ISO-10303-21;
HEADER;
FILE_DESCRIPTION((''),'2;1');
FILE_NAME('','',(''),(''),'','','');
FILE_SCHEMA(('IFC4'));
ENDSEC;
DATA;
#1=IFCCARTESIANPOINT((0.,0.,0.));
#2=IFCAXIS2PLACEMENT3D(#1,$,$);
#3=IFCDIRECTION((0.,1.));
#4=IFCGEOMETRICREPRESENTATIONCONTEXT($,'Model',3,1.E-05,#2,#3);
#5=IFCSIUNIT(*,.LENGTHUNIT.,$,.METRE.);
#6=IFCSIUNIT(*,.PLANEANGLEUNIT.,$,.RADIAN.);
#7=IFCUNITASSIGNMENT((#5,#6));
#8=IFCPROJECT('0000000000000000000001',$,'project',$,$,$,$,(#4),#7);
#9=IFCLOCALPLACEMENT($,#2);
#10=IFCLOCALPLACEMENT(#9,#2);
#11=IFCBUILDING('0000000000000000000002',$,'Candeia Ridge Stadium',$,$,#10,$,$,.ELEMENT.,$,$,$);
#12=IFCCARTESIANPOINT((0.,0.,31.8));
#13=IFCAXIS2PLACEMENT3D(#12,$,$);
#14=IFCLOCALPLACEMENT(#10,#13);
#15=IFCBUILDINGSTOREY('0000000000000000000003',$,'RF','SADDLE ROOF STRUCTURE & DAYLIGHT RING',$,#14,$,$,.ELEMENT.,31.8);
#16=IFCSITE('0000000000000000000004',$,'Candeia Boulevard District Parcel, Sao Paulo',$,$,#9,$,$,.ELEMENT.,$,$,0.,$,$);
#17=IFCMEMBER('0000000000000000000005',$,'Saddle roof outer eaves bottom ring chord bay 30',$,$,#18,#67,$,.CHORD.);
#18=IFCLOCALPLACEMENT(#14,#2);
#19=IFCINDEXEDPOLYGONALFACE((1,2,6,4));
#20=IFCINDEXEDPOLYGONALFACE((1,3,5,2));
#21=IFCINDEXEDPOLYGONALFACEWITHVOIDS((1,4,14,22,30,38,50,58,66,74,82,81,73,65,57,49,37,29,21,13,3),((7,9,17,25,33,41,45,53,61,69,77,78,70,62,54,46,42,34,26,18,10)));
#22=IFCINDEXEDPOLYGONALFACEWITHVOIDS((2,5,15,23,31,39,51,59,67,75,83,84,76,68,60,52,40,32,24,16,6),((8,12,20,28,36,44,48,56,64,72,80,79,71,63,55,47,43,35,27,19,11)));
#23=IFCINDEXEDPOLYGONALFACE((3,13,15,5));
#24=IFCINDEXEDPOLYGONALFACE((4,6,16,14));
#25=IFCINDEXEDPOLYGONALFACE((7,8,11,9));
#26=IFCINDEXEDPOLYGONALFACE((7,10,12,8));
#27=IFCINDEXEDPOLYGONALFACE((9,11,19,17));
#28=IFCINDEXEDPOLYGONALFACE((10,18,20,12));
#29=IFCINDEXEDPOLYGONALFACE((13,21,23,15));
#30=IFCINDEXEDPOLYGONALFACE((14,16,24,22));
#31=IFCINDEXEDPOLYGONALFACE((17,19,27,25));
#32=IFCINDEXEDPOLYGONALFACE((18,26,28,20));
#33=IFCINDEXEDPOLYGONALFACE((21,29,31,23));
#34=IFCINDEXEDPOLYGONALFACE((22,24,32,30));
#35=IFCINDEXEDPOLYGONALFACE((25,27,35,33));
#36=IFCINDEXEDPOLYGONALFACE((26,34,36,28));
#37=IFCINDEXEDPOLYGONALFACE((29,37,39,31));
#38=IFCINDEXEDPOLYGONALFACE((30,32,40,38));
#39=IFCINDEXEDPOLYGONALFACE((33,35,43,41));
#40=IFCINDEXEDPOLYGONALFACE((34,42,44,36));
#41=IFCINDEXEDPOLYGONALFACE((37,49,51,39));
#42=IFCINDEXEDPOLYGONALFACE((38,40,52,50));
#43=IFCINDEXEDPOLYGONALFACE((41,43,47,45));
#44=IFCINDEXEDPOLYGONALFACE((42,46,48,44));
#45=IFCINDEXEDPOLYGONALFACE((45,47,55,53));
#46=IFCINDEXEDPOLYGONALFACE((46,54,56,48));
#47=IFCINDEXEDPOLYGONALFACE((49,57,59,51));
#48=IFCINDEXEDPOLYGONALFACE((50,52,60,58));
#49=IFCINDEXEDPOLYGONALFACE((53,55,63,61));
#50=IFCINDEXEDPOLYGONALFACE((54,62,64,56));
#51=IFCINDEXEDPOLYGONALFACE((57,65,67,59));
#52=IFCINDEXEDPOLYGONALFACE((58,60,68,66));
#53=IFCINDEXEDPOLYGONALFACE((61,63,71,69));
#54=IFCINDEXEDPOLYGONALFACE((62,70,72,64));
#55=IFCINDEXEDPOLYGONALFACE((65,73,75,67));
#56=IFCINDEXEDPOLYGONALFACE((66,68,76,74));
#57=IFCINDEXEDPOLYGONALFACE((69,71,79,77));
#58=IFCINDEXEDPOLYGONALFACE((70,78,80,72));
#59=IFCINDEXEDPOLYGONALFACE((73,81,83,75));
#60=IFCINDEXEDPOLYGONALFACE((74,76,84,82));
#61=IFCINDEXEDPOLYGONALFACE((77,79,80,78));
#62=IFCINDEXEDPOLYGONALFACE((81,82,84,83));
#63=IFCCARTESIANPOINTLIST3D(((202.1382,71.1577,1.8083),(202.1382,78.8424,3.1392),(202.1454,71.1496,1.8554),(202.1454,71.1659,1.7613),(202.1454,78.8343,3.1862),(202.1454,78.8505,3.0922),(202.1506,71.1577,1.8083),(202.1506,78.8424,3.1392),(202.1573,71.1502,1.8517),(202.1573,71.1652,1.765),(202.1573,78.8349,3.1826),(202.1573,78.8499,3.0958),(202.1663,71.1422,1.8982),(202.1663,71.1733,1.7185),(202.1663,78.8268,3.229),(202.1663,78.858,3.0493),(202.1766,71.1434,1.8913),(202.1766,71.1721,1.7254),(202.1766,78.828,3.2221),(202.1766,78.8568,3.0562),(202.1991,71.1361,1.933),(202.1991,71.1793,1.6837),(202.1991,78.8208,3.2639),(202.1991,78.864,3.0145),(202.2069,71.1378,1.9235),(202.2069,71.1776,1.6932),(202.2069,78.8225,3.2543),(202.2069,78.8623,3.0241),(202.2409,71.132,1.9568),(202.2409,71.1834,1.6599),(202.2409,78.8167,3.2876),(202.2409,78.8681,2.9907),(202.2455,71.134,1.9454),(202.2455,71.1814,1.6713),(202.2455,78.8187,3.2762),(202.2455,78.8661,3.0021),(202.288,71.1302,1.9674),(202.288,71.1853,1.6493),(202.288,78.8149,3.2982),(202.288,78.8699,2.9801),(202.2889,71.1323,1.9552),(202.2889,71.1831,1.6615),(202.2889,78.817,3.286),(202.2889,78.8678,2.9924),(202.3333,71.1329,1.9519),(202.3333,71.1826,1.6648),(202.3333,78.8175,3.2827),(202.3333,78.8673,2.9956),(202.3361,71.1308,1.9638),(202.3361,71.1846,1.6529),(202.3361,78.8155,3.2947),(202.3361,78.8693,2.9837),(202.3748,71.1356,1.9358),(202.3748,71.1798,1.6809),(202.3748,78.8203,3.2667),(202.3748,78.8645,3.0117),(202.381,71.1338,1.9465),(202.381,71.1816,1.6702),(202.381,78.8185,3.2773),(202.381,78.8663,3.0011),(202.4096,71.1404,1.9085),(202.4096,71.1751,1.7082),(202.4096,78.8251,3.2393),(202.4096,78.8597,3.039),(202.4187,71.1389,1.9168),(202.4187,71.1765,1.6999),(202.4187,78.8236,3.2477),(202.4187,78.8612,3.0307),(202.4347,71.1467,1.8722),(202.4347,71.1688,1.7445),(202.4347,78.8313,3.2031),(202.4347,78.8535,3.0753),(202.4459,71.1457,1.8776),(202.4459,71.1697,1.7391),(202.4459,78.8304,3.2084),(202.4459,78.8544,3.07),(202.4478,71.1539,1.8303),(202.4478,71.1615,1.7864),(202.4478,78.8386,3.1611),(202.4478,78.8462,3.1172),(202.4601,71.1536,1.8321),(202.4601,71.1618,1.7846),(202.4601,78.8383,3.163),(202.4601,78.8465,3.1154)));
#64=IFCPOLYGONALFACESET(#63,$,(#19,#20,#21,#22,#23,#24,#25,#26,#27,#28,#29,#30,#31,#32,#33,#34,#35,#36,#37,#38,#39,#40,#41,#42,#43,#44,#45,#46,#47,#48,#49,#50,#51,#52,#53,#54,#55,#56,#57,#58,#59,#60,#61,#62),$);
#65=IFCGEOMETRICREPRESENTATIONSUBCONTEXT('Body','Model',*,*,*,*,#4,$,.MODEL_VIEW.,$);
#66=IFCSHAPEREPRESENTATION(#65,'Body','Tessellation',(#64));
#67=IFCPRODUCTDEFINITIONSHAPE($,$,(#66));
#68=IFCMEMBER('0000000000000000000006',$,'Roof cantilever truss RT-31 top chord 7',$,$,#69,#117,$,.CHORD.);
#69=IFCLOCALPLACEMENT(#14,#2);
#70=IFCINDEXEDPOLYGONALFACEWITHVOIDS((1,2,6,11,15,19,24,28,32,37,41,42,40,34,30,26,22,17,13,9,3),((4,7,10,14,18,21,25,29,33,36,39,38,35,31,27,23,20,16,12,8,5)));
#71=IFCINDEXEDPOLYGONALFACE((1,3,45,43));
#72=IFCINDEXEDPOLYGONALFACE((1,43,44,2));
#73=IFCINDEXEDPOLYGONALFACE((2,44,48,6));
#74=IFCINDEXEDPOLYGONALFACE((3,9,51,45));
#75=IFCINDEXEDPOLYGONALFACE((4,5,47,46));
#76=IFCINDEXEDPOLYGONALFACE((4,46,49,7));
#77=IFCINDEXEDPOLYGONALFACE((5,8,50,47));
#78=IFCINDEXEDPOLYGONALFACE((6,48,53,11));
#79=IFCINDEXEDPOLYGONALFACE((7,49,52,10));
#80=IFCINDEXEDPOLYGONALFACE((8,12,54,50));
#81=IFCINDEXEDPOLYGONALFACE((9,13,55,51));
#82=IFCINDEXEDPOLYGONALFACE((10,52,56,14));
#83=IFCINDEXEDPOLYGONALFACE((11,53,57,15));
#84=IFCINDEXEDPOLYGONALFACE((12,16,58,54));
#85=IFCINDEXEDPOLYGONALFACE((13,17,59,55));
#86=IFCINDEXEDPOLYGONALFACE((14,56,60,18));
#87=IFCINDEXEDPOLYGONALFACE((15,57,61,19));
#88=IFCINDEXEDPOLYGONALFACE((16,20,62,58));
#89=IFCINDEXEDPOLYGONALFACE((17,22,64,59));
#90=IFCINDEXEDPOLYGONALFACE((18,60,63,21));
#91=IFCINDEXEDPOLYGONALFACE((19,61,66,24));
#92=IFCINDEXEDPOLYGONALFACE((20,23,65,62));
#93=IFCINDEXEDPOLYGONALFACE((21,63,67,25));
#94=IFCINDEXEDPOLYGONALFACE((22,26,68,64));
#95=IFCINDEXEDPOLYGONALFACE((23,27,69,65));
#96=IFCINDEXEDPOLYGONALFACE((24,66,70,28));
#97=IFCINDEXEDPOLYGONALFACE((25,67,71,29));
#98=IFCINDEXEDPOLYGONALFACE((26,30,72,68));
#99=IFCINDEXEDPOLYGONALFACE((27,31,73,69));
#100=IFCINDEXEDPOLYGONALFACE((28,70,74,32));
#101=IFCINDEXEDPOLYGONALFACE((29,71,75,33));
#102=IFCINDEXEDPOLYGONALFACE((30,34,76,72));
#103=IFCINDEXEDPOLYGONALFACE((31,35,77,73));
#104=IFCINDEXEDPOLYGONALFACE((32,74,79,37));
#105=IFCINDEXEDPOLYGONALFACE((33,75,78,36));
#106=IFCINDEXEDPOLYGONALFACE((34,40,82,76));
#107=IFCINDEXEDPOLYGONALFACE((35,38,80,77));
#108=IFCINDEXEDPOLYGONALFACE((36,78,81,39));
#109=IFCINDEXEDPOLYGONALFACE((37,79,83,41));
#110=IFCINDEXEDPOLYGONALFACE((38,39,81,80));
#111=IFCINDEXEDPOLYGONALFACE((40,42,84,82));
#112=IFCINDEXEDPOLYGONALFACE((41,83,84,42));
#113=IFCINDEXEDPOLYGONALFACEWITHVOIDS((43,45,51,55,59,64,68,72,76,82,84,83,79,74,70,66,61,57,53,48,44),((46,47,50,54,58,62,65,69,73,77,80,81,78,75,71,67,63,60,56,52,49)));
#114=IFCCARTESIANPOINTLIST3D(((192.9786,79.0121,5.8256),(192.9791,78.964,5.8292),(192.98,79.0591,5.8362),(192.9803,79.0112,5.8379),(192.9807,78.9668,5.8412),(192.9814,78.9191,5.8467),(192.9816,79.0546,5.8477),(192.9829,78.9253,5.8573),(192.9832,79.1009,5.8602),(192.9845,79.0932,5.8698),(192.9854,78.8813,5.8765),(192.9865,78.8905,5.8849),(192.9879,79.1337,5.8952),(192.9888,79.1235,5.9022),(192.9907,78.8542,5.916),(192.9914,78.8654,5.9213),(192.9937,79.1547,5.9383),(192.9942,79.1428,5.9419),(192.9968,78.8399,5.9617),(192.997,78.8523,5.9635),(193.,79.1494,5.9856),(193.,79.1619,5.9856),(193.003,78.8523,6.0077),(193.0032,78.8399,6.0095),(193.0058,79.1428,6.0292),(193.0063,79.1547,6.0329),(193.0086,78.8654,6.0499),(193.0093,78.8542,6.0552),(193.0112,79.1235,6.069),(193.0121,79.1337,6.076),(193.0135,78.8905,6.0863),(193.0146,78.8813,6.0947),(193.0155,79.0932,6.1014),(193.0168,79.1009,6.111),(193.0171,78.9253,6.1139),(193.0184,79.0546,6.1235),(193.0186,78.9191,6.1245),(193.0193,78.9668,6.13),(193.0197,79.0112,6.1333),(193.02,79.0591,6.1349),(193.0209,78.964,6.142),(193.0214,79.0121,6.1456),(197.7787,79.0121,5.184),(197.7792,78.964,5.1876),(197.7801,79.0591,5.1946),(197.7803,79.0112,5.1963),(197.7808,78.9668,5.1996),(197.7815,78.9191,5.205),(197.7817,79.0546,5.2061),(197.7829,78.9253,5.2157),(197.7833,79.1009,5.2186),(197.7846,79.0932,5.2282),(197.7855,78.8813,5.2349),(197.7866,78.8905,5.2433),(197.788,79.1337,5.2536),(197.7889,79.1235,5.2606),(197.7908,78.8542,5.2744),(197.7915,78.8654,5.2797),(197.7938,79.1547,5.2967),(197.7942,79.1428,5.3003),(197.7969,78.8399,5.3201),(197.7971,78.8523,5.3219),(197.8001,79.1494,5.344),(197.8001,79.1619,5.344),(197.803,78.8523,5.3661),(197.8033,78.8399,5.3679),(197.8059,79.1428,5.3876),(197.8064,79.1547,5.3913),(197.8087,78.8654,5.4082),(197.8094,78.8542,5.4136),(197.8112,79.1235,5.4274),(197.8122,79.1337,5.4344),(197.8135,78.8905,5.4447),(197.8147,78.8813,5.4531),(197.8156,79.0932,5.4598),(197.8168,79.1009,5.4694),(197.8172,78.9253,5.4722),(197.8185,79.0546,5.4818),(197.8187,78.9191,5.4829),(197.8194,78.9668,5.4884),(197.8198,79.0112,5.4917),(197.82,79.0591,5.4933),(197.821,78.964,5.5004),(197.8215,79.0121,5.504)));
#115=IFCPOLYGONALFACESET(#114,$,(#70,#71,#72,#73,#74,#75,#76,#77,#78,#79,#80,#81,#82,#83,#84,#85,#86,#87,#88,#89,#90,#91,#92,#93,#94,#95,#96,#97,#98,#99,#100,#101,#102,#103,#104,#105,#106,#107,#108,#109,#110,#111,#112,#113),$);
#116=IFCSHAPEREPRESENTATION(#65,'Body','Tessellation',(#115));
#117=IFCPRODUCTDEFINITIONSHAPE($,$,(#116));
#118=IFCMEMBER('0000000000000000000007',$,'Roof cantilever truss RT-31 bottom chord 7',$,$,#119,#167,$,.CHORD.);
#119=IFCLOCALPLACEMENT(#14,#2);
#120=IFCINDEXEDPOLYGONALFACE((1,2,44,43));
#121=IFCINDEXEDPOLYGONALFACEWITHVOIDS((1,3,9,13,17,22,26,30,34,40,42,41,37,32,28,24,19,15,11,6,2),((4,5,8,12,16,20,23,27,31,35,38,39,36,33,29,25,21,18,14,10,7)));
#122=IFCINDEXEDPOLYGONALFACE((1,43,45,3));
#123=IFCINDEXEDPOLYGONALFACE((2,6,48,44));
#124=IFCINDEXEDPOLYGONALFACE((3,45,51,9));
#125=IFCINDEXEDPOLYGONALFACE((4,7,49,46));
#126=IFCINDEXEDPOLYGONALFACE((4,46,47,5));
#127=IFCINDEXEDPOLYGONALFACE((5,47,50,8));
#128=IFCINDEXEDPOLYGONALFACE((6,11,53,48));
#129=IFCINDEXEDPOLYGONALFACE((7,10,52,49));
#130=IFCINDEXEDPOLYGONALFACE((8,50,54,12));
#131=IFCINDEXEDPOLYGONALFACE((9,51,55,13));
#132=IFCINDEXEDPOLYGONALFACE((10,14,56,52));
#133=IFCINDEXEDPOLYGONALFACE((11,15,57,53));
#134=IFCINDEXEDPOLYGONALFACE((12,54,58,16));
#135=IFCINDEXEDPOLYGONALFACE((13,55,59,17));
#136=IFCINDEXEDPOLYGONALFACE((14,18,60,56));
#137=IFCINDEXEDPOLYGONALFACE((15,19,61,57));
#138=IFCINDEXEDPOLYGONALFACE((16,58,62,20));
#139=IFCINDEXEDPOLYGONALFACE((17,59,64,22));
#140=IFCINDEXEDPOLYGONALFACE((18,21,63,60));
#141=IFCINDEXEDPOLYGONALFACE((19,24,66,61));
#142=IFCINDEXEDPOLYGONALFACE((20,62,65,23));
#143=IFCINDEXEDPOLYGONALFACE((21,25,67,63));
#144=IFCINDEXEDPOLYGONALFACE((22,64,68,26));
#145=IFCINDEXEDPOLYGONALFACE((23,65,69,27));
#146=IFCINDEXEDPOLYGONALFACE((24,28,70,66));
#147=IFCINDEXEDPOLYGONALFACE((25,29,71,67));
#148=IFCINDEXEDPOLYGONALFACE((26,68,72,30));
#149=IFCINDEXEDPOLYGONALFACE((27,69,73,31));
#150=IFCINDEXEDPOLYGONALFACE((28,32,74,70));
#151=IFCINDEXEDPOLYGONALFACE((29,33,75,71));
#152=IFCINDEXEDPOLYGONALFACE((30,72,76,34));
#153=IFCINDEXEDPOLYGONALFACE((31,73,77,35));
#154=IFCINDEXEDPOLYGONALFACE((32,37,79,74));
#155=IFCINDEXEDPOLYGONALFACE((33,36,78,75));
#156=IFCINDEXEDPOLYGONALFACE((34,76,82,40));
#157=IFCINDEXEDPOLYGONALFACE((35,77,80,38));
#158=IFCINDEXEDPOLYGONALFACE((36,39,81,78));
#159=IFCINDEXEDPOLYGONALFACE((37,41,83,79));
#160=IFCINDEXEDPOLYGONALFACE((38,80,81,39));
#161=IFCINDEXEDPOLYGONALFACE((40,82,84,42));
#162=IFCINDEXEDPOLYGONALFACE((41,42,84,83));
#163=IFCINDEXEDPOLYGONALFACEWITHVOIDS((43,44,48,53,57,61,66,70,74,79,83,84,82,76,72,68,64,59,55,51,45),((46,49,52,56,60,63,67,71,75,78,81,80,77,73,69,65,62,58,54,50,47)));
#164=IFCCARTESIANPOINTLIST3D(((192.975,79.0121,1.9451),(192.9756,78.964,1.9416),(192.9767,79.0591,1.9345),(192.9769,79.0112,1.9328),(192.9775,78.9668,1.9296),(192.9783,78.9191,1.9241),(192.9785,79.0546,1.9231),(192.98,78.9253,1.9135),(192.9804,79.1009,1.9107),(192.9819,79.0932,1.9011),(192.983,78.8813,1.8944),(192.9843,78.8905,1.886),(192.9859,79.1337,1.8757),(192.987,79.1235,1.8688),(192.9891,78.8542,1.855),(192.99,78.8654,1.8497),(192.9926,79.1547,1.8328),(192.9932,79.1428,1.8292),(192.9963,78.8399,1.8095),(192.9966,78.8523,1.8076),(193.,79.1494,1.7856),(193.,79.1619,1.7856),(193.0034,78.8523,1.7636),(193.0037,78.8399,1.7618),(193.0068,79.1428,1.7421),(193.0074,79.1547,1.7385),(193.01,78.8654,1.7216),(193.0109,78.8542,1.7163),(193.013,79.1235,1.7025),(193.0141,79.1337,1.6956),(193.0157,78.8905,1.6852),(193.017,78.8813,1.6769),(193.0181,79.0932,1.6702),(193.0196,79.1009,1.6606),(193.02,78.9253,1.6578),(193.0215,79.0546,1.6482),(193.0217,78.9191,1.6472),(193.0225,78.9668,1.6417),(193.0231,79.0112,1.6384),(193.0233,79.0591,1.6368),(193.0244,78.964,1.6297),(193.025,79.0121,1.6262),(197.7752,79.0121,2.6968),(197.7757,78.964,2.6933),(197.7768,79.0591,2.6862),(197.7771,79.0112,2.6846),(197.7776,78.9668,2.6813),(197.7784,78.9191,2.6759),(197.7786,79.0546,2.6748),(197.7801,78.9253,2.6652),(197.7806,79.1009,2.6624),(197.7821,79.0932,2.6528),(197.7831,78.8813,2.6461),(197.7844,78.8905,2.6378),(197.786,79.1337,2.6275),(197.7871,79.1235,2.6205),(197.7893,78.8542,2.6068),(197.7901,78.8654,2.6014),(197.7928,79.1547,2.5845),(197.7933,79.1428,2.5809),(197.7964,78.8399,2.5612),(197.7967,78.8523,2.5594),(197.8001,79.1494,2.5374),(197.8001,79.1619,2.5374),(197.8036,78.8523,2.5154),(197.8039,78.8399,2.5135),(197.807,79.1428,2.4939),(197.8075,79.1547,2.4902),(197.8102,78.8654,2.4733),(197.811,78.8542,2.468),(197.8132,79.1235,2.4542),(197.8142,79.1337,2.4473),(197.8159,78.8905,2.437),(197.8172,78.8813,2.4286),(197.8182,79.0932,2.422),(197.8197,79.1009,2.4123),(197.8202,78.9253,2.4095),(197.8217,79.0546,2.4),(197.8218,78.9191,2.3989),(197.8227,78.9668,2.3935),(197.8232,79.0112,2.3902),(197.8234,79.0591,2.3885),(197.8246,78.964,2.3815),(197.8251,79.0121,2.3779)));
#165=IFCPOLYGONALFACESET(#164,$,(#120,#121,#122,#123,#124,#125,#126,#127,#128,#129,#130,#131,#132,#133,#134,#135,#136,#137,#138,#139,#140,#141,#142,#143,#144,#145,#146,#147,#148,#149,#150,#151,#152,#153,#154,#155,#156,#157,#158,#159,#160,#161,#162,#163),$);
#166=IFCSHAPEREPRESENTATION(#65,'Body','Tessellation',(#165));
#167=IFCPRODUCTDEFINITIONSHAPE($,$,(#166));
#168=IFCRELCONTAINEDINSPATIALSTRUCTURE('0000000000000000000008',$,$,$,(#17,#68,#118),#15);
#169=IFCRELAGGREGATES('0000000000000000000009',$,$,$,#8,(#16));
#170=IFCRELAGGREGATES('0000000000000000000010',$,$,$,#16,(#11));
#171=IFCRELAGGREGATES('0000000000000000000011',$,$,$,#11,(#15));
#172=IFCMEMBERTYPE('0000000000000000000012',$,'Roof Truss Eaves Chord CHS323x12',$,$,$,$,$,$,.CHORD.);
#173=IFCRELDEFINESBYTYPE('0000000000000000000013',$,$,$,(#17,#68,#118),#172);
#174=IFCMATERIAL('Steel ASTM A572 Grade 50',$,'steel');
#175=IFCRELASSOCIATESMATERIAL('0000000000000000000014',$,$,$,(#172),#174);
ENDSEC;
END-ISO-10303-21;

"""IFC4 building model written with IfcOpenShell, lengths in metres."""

from ifc_helpers import new_model, si_unit, direction, frame, origin, origin_2d, place, context, subcontext, project, spatial, hollow_circle, extrude, material, material_profile, profile_set, type_object, element, save


model = new_model("IFC4")

# Units and contexts
model_context = context("Model", 3, precision=1e-05, world=origin(), true_north=direction((0.0, 1.0)))
body_context = subcontext(model_context, "Body", "Model", "MODEL_VIEW")
ifc_project = project(units=[si_unit("LENGTHUNIT", "METRE"), si_unit("PLANEANGLEUNIT", "RADIAN")], contexts=[model_context])

# Site, building, storey
site_placement = place(None, origin())
site = spatial("IfcSite", under=ifc_project, at=site_placement, Name="Candeia Boulevard District Parcel, Sao Paulo", CompositionType="ELEMENT", RefElevation=0.0)
building_placement = place(site_placement, origin())
building = spatial("IfcBuilding", under=site, at=building_placement, Name="Candeia Ridge Stadium", CompositionType="ELEMENT")
storey_placement = place(building_placement, frame((0.0, 0.0, 31.8)))
storey = spatial("IfcBuildingStorey", under=building, at=storey_placement, Name="RF", Description="SADDLE ROOF STRUCTURE & DAYLIGHT RING", CompositionType="ELEMENT", Elevation=31.8)

# Shared definitions
ifc_material_1 = material(Name="Steel ASTM A572 Grade 50", Category="steel")

# Members
ifc_material_profile_1 = material_profile(ifc_material_1, hollow_circle(Radius=0.1619, WallThickness=0.0125, at=origin_2d()), Name="CHS323x12", Category="steel")
ifc_profile_set_1 = profile_set([ifc_material_profile_1], Name="Steel ASTM A572 Grade 50")
member_type_1 = type_object("IfcMemberType", Name="Roof Truss Eaves Chord CHS323x12", PredefinedType="CHORD", material=ifc_profile_set_1)
for number, where, z_axis, x_axis, name in (
    (1, (202.3, 71.1577, 1.8083), (0.0, 0.985334, 0.17064), (-1.0, 0.0, 0.0), "Saddle roof outer eaves bottom ring chord bay 30"),
):
    element("IfcMember", number, at=place(storey_placement, frame(where, z_axis=z_axis, x_axis=x_axis)), inside=storey, type_object=member_type_1, Name=name, PredefinedType="CHORD", context=body_context, shape_type="SweptSolid", body=[
        extrude(hollow_circle(Radius=0.1619, WallThickness=0.0125, at=origin_2d()), origin(), (0.0, 0.0, 1.0), 7.7991),
    ])
member_1_placement = place(storey_placement, frame((193.0, 79.0, 5.9856), z_axis=(0.991185, 0.0, -0.132487), x_axis=(0.0, 1.0, 0.0)))
element("IfcMember", 2, at=member_1_placement, inside=storey, type_object=member_type_1, Name="Roof cantilever truss RT-31 top chord 7", PredefinedType="CHORD", context=body_context, shape_type="SweptSolid", body=[
    extrude(hollow_circle(Radius=0.1619, WallThickness=0.0125, at=origin_2d()), origin(), (0.0, 0.0, 1.0), 4.8428),
])
member_2_placement = place(storey_placement, frame((193.0, 79.0, 1.7856), z_axis=(0.987959, 0.0, 0.154719), x_axis=(0.0, 1.0, 0.0)))
element("IfcMember", 3, at=member_2_placement, inside=storey, type_object=member_type_1, Name="Roof cantilever truss RT-31 bottom chord 7", PredefinedType="CHORD", context=body_context, shape_type="SweptSolid", body=[
    extrude(hollow_circle(Radius=0.1619, WallThickness=0.0125, at=origin_2d()), origin(), (0.0, 0.0, 1.0), 4.8586),
])

save(model, "model.ifc")
